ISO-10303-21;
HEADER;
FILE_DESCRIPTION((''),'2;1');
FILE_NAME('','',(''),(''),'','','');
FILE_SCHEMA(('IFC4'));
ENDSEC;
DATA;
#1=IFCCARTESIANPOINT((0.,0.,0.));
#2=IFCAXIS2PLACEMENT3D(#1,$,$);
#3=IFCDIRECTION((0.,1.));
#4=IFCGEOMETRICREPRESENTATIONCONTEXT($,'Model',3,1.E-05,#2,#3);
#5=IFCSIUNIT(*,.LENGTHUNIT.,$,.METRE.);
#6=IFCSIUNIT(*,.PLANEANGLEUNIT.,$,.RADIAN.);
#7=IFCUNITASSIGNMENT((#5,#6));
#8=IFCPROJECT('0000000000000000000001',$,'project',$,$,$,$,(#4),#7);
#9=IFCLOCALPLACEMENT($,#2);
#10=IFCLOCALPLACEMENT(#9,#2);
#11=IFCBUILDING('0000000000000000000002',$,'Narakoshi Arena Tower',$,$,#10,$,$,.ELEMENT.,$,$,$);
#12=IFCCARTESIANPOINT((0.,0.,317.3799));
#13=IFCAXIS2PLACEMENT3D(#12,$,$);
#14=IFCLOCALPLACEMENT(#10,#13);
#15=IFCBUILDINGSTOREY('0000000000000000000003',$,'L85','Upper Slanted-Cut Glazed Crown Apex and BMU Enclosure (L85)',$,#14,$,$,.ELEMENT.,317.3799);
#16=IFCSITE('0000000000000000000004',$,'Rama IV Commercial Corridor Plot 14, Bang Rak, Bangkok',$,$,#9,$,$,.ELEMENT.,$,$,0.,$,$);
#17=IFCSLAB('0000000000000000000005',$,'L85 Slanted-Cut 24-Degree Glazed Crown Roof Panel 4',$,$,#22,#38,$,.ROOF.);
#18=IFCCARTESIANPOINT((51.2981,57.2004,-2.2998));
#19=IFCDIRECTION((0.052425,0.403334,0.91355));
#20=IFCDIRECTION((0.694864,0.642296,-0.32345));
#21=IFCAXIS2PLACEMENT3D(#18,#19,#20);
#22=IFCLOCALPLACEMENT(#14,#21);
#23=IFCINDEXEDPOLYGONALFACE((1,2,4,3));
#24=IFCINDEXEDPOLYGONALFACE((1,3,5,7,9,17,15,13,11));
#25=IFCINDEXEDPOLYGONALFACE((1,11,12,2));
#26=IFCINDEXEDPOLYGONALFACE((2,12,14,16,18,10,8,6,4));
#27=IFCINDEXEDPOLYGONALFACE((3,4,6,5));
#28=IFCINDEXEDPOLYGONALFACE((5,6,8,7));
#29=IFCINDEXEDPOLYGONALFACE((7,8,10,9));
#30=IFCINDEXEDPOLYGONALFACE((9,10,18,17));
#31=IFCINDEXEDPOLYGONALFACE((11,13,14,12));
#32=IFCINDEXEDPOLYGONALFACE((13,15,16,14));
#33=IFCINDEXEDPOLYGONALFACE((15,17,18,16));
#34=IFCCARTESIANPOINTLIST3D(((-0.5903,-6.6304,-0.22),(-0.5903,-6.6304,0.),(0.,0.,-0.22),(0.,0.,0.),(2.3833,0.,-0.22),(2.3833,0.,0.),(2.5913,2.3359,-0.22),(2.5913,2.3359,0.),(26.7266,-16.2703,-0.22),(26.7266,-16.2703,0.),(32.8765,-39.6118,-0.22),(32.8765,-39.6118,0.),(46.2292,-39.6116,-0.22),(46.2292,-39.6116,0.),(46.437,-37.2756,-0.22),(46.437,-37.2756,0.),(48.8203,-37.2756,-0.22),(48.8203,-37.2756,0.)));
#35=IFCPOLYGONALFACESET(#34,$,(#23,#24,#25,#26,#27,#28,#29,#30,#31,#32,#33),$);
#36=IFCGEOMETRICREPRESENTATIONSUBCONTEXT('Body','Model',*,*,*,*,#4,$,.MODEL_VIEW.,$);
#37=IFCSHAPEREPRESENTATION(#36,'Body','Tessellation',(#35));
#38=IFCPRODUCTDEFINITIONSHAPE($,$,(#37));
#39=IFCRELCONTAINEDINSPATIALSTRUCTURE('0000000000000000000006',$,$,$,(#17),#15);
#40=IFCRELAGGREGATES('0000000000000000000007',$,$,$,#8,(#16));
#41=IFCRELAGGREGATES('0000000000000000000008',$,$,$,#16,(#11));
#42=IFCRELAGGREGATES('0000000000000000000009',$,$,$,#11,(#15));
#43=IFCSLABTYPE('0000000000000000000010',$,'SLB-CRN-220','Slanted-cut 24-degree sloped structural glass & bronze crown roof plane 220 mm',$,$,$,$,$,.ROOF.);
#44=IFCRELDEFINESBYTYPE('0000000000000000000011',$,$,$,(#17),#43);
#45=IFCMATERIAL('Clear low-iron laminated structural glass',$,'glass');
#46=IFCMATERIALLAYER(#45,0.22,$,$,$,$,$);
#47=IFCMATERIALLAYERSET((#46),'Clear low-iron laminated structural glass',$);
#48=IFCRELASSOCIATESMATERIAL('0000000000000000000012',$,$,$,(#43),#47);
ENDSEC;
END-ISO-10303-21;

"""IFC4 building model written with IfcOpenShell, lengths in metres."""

from ifc_helpers import new_model, si_unit, direction, frame, origin, place, context, subcontext, project, spatial, polyline, outline, extrude, material, layer, layer_set, type_object, element, save


model = new_model("IFC4")

# Units and contexts
model_context = context("Model", 3, precision=1e-05, world=origin(), true_north=direction((0.0, 1.0)))
body_context = subcontext(model_context, "Body", "Model", "MODEL_VIEW")
ifc_project = project(units=[si_unit("LENGTHUNIT", "METRE"), si_unit("PLANEANGLEUNIT", "RADIAN")], contexts=[model_context])

# Site, building, storey
site_placement = place(None, origin())
site = spatial("IfcSite", under=ifc_project, at=site_placement, Name="Rama IV Commercial Corridor Plot 14, Bang Rak, Bangkok", CompositionType="ELEMENT", RefElevation=0.0)
building_placement = place(site_placement, origin())
building = spatial("IfcBuilding", under=site, at=building_placement, Name="Narakoshi Arena Tower", CompositionType="ELEMENT")
storey_placement = place(building_placement, frame((0.0, 0.0, 317.3799)))
storey = spatial("IfcBuildingStorey", under=building, at=storey_placement, Name="L85", Description="Upper Slanted-Cut Glazed Crown Apex and BMU Enclosure (L85)", CompositionType="ELEMENT", Elevation=317.3799)

# Slab
ifc_material_1 = material(Name="Clear low-iron laminated structural glass", Category="glass")
ifc_layer_1 = layer(ifc_material_1, 0.22)
ifc_layer_set_1 = layer_set([ifc_layer_1], Name="Clear low-iron laminated structural glass")
slab_type_1 = type_object("IfcSlabType", Name="SLB-CRN-220", Description="Slanted-cut 24-degree sloped structural glass & bronze crown roof plane 220 mm", PredefinedType="ROOF", material=ifc_layer_set_1)
slab_1_placement = place(storey_placement, frame((51.2981, 57.2004, -2.2998), z_axis=(0.052425, 0.403334, 0.91355), x_axis=(0.694864, 0.642296, -0.32345)))
element("IfcSlab", 1, at=slab_1_placement, inside=storey, type_object=slab_type_1, Name="L85 Slanted-Cut 24-Degree Glazed Crown Roof Panel 4", PredefinedType="ROOF", context=body_context, shape_type="SweptSolid", body=[
    extrude(outline(polyline([(0.0, 0.0), (2.3833, 0.0), (2.5913, 2.3359), (26.7266, -16.2703), (48.8203, -37.2756), (46.437, -37.2756), (46.2292, -39.6116), (32.8765, -39.6118), (-0.5903, -6.6304), (0.0, 0.0)])), origin(), (0.0, 0.0, -1.0), 0.22),
])

save(model, "model.ifc")
